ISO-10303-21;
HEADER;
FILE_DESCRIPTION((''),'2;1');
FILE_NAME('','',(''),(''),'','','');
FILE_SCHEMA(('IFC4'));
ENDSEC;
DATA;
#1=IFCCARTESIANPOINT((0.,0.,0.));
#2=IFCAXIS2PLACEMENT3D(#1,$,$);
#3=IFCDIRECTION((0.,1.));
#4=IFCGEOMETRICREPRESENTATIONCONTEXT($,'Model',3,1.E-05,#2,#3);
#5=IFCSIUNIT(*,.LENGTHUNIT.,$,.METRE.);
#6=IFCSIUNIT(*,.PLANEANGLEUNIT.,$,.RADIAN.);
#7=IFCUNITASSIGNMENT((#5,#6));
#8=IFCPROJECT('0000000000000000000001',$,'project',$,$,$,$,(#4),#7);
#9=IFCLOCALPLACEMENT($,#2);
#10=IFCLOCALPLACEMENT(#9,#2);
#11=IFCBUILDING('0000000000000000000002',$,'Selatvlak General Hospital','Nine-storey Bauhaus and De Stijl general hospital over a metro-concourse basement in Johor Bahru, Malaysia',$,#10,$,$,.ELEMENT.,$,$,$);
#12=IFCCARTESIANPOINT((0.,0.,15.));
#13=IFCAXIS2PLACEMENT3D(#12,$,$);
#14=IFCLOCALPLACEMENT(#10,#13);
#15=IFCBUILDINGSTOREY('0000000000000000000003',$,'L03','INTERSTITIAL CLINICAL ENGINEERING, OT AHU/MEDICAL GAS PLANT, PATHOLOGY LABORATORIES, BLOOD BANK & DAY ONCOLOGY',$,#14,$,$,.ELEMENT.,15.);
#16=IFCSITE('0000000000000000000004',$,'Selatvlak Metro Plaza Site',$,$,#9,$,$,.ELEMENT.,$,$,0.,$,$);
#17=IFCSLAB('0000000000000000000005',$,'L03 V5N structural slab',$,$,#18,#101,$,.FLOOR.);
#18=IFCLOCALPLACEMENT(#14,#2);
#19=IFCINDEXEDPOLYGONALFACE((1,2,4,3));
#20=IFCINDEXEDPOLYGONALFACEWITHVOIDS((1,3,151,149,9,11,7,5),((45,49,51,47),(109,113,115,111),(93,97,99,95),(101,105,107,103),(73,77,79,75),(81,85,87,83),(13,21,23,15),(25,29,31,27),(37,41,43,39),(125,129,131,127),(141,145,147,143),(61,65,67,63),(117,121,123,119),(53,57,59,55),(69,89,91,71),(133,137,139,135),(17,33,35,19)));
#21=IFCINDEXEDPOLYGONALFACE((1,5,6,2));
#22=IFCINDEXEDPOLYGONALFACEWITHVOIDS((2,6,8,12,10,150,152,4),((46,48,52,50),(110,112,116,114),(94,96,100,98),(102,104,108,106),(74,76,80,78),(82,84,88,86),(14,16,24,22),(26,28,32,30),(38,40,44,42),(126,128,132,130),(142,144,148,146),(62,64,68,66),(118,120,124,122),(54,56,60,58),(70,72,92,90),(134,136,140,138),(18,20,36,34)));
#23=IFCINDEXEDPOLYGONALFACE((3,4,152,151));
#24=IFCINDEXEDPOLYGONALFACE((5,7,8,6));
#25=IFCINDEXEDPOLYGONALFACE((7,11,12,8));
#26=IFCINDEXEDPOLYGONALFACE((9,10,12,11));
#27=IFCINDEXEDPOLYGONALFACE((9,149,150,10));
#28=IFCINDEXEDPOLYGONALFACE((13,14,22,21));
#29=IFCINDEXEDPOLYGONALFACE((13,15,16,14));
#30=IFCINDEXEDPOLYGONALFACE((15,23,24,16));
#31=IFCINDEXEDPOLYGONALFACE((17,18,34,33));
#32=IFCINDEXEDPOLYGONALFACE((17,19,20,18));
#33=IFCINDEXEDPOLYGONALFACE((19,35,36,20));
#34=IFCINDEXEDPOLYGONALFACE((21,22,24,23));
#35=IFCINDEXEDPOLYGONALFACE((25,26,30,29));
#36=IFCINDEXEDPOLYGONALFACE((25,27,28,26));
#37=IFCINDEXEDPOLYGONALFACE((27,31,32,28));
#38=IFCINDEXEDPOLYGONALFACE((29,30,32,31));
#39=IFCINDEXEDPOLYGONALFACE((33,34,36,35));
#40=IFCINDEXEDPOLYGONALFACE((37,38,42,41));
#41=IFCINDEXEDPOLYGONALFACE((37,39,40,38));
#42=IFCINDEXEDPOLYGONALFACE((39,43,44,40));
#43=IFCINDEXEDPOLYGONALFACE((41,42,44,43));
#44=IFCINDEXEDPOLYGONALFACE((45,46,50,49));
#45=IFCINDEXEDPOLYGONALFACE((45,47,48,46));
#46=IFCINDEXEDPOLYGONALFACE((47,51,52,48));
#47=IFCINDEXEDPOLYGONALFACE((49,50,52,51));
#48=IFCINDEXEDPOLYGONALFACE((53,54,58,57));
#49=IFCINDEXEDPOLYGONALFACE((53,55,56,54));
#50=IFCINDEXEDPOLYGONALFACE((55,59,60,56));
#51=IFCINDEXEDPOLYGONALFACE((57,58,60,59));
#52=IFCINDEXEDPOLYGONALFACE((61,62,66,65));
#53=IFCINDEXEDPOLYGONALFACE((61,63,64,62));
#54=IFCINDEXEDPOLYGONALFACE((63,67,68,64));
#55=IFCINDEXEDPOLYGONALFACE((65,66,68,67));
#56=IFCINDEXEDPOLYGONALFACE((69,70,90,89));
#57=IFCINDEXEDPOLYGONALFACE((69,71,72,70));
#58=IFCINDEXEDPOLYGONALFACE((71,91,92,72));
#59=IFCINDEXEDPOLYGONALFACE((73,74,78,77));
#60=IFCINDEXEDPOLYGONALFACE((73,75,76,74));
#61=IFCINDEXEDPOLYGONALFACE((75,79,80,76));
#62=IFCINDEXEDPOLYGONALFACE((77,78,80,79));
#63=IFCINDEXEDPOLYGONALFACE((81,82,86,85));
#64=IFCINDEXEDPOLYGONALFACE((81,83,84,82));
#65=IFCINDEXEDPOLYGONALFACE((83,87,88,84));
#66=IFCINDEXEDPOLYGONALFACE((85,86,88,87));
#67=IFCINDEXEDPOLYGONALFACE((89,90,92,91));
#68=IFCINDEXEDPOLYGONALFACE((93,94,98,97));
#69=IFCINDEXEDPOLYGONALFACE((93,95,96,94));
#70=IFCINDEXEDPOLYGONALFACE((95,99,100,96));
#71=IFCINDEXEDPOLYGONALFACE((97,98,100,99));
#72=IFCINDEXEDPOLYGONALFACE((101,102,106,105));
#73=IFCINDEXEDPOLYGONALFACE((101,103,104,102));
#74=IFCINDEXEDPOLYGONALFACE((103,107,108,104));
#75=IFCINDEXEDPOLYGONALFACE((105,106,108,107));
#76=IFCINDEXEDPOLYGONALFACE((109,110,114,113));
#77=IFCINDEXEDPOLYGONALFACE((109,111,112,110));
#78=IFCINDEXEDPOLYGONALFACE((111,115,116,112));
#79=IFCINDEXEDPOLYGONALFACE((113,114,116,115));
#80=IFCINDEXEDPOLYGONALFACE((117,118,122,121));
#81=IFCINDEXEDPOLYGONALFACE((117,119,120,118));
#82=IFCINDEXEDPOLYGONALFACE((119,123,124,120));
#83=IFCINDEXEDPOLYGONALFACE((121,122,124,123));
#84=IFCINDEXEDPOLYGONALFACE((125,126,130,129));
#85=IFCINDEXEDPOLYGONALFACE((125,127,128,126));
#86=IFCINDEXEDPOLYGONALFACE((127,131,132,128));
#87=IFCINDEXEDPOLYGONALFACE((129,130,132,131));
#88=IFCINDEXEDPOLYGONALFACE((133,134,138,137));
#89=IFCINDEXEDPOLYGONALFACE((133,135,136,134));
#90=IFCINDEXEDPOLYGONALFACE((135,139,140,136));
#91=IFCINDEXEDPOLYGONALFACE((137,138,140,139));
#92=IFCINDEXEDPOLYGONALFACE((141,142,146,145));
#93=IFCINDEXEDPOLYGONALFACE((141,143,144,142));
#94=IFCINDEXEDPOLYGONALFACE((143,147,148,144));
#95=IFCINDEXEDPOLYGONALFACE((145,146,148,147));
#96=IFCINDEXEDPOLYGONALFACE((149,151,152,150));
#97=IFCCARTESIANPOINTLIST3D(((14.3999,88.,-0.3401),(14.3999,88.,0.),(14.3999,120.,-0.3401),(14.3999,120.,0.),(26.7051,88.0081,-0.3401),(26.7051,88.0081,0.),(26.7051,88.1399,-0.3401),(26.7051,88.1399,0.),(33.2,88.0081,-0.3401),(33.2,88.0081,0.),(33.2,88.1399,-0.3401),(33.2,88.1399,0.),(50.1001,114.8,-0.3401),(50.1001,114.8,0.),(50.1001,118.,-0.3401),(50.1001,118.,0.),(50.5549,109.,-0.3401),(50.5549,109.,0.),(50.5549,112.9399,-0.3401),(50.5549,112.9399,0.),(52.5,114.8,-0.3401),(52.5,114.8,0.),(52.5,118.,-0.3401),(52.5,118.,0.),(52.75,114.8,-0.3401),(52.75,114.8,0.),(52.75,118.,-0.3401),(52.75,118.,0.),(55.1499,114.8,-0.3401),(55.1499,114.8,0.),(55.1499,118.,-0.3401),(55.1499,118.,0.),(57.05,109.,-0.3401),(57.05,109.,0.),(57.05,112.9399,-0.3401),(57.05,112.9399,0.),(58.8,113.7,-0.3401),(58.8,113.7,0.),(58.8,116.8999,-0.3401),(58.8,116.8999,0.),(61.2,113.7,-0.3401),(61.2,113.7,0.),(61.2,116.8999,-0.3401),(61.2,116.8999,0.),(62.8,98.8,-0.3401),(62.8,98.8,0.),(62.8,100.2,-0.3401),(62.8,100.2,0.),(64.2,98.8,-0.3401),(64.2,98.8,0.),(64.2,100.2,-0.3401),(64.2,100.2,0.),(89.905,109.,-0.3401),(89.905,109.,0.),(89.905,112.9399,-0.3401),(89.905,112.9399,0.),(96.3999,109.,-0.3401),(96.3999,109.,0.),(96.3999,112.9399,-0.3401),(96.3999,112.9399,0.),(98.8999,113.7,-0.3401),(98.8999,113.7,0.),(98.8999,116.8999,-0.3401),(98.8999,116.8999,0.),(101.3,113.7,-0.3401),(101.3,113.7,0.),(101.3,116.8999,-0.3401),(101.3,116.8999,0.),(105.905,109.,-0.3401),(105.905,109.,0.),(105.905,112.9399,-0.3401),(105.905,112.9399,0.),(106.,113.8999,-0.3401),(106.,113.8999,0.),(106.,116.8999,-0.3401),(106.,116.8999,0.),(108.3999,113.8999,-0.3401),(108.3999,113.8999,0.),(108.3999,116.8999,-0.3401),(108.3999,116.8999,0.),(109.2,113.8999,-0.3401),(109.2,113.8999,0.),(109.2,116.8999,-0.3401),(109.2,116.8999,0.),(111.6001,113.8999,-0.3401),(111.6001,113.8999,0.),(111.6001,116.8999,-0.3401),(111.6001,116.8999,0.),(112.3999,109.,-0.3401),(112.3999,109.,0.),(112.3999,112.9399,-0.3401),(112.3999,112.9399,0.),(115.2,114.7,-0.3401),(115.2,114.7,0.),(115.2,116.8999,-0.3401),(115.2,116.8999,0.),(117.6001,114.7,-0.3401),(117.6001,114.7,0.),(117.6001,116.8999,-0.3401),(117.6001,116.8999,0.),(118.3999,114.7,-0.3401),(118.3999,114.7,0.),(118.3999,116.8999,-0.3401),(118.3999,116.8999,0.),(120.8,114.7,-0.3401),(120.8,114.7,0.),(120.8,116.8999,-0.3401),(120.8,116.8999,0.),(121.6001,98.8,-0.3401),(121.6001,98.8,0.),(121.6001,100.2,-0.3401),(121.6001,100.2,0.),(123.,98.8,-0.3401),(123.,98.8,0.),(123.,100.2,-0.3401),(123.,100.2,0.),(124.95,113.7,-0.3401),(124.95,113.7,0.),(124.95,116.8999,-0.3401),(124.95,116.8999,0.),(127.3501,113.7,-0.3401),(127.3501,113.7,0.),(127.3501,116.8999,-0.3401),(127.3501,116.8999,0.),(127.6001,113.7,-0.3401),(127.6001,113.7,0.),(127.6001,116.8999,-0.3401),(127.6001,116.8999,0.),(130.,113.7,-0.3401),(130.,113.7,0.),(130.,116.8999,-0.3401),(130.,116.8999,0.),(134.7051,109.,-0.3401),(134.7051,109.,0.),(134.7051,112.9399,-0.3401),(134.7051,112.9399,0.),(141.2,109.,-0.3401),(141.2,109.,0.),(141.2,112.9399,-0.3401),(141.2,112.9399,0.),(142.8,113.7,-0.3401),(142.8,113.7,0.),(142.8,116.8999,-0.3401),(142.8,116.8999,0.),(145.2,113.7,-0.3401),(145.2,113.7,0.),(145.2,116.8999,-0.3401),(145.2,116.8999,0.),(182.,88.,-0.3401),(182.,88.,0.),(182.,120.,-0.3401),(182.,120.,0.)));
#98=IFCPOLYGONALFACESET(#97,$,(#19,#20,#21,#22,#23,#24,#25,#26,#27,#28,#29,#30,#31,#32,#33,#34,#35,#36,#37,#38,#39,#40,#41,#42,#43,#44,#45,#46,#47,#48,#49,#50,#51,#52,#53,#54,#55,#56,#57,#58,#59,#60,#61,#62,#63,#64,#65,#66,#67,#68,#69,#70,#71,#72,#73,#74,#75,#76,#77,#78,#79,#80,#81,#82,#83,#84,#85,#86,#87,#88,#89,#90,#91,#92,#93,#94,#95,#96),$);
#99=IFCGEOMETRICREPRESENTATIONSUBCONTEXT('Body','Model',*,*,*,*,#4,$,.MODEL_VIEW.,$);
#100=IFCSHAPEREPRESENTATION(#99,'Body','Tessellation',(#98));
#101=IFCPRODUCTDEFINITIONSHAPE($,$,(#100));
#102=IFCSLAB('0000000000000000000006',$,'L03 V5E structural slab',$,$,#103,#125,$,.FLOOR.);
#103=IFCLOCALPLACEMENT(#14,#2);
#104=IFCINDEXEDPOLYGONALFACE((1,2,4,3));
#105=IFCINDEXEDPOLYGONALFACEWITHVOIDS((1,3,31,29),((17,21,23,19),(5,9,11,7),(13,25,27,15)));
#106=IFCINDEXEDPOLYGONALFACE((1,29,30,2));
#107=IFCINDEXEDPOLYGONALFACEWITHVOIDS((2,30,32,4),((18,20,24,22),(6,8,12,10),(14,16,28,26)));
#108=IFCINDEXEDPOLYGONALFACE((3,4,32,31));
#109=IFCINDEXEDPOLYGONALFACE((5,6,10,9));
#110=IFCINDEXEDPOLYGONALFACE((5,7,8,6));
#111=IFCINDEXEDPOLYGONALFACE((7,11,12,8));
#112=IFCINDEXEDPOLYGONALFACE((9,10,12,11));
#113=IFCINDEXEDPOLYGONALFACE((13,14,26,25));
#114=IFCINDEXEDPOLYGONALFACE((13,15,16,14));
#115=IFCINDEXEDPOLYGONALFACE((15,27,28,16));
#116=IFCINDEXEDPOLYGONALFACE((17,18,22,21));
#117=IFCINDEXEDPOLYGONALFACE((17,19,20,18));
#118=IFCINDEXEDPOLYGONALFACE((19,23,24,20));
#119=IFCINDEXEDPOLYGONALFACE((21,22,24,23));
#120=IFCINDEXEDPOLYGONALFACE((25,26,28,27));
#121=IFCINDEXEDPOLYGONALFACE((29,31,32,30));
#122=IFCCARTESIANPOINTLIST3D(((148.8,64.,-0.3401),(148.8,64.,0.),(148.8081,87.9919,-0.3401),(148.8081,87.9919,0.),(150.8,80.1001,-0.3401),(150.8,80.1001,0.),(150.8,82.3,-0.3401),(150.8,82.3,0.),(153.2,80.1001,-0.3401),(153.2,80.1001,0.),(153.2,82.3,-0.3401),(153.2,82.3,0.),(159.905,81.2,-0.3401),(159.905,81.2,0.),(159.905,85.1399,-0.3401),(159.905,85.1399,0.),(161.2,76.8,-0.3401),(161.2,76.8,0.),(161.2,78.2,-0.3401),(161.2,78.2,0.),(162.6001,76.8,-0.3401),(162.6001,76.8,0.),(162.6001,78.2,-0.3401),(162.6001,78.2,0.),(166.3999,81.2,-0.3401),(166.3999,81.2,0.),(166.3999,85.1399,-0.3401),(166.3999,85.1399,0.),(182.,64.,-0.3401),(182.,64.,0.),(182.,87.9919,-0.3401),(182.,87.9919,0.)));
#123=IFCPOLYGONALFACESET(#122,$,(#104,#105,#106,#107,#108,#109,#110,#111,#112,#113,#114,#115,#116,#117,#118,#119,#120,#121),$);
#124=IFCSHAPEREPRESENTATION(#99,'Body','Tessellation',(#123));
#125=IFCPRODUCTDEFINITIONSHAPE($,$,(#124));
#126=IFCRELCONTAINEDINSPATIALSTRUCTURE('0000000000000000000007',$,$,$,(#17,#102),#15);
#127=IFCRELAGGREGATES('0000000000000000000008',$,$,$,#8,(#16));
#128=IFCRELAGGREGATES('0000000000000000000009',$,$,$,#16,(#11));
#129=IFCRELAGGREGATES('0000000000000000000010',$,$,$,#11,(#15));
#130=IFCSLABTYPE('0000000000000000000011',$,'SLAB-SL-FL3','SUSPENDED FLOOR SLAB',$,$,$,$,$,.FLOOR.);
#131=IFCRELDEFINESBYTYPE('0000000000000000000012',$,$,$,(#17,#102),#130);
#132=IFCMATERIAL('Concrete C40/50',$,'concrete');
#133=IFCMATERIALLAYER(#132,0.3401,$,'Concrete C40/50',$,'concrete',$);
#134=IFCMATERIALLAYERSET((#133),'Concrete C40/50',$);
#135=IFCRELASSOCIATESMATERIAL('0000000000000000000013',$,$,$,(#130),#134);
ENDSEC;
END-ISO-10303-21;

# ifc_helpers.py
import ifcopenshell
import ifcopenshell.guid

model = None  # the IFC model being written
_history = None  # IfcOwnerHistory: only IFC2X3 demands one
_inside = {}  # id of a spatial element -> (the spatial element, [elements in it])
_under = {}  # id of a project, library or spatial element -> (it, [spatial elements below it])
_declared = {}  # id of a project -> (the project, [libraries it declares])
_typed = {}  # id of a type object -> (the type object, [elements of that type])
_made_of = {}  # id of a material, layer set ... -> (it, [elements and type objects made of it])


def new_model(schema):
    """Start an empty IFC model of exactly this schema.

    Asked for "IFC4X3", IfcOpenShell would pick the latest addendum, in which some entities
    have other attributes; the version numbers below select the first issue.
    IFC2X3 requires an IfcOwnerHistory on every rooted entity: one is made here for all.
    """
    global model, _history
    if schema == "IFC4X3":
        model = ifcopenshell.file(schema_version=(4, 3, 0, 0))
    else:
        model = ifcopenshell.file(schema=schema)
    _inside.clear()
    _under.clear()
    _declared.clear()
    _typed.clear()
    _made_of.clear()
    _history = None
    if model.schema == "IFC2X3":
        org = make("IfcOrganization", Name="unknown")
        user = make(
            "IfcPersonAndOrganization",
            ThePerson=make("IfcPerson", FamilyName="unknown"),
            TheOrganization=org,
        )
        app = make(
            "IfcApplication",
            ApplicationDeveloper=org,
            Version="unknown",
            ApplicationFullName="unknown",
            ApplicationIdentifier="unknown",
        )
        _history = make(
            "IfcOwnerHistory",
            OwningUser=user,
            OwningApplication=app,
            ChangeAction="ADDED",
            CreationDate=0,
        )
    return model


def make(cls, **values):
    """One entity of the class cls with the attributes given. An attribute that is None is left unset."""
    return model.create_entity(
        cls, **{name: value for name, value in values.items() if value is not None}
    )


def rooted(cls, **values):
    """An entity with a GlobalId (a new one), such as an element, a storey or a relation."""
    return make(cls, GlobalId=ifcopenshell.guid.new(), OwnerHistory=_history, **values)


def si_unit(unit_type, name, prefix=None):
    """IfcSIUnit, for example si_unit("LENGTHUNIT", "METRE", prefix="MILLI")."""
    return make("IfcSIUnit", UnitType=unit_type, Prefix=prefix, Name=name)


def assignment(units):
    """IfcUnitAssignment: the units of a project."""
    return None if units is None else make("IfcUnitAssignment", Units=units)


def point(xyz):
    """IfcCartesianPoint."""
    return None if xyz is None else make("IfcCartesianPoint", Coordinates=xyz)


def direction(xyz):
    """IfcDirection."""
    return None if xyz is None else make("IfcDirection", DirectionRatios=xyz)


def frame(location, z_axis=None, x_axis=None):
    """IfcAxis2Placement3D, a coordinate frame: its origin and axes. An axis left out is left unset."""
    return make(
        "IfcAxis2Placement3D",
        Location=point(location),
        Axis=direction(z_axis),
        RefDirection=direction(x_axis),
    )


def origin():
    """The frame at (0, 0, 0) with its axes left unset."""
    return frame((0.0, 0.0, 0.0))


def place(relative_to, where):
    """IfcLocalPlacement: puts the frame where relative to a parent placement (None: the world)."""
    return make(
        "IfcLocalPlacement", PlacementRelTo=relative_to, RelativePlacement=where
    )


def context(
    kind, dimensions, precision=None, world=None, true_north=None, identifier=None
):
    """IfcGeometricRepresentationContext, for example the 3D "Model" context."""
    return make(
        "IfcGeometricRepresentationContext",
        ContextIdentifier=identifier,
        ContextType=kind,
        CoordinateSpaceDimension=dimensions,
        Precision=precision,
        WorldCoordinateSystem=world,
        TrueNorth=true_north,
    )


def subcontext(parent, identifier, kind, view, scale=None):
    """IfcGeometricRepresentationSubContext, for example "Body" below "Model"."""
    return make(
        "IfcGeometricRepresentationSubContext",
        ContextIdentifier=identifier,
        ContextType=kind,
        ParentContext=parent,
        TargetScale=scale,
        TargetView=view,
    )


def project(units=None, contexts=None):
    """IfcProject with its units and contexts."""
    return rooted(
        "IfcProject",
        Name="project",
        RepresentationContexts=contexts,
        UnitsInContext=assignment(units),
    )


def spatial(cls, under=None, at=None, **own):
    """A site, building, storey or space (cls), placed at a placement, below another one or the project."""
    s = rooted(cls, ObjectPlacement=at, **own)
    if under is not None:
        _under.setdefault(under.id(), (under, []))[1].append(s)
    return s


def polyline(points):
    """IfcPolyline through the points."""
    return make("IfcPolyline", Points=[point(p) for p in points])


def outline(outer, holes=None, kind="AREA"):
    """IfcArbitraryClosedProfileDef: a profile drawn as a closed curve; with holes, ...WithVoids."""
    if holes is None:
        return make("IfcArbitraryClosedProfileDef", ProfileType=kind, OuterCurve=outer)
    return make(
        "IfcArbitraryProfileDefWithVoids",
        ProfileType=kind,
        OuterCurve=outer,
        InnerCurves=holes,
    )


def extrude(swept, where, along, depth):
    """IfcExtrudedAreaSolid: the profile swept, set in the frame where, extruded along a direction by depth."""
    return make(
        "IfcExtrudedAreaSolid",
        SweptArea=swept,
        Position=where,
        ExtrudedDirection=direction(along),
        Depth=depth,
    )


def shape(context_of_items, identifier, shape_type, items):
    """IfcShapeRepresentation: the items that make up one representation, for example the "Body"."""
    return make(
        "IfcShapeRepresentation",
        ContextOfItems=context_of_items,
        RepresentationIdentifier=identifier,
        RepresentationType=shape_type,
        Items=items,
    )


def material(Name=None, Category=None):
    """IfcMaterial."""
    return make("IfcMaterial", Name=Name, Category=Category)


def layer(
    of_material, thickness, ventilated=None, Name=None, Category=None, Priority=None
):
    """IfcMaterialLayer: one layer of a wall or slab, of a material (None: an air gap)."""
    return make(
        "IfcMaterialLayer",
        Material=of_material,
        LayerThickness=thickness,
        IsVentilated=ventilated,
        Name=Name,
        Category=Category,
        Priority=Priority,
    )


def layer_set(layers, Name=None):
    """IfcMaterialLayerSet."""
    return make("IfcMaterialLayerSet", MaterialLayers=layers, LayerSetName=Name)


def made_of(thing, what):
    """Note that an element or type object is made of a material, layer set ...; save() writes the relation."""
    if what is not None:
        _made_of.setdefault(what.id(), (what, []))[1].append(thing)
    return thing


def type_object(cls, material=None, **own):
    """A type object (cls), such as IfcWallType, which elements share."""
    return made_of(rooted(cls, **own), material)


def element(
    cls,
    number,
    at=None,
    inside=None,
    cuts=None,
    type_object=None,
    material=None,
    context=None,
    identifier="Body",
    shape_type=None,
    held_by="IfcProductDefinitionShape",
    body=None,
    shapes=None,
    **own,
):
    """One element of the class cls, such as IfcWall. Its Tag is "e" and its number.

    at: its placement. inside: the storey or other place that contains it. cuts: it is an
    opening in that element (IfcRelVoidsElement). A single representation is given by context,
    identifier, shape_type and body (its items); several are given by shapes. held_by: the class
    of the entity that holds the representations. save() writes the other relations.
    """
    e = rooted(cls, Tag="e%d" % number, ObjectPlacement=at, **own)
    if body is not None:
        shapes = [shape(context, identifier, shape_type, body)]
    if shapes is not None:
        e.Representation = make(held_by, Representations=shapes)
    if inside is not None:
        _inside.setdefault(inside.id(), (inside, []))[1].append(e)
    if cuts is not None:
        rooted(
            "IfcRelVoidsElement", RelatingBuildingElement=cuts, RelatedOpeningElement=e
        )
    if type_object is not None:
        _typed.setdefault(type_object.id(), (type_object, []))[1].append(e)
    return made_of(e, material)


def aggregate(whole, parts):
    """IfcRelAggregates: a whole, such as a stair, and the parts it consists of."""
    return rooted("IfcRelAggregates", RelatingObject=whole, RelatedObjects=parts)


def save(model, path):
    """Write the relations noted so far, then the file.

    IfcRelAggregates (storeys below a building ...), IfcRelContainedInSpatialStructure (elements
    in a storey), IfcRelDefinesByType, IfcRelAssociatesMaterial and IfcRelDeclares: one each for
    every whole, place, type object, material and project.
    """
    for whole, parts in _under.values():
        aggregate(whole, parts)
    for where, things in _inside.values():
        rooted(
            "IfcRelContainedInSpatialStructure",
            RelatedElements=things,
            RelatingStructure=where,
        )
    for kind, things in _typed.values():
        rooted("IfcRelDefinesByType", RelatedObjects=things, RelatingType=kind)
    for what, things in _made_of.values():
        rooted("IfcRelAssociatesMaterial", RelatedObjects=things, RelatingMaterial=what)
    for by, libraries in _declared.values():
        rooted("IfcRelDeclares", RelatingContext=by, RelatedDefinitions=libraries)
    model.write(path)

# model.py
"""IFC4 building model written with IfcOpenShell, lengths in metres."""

from ifc_helpers import new_model, si_unit, direction, frame, origin, place, context, subcontext, project, spatial, polyline, outline, extrude, material, layer, layer_set, type_object, element, save


model = new_model("IFC4")

# Units and contexts
model_context = context("Model", 3, precision=1e-05, world=origin(), true_north=direction((0.0, 1.0)))
body_context = subcontext(model_context, "Body", "Model", "MODEL_VIEW")
ifc_project = project(units=[si_unit("LENGTHUNIT", "METRE"), si_unit("PLANEANGLEUNIT", "RADIAN")], contexts=[model_context])

# Site, building, storey
site_placement = place(None, origin())
site = spatial("IfcSite", under=ifc_project, at=site_placement, Name="Selatvlak Metro Plaza Site", CompositionType="ELEMENT", RefElevation=0.0)
building_placement = place(site_placement, origin())
building = spatial("IfcBuilding", under=site, at=building_placement, Name="Selatvlak General Hospital", Description="Nine-storey Bauhaus and De Stijl general hospital over a metro-concourse basement in Johor Bahru, Malaysia", CompositionType="ELEMENT")
storey_placement = place(building_placement, frame((0.0, 0.0, 15.0)))
storey = spatial("IfcBuildingStorey", under=building, at=storey_placement, Name="L03", Description="INTERSTITIAL CLINICAL ENGINEERING, OT AHU/MEDICAL GAS PLANT, PATHOLOGY LABORATORIES, BLOOD BANK & DAY ONCOLOGY", CompositionType="ELEMENT", Elevation=15.0)

# Shared definitions
ifc_material_1 = material(Name="Concrete C40/50", Category="concrete")

# Slabs
ifc_layer_1 = layer(ifc_material_1, 0.3401, Name="Concrete C40/50", Category="concrete")
ifc_layer_set_1 = layer_set([ifc_layer_1], Name="Concrete C40/50")
slab_type_1 = type_object("IfcSlabType", Name="SLAB-SL-FL3", Description="SUSPENDED FLOOR SLAB", PredefinedType="FLOOR", material=ifc_layer_set_1)
slab_1_placement = place(storey_placement, frame((0.0, 0.0, -0.3401)))
element("IfcSlab", 1, at=slab_1_placement, inside=storey, type_object=slab_type_1, Name="L03 V5N structural slab", PredefinedType="FLOOR", context=body_context, shape_type="SweptSolid", body=[
    extrude(outline(polyline([(33.2, 88.0081), (33.2, 88.1399), (26.7051, 88.1399), (26.7051, 88.0081), (14.3999, 88.0), (14.3999, 120.0), (182.0, 120.0), (182.0, 88.0), (33.2, 88.0081)]), holes=[polyline([(57.05, 112.9399), (50.5549, 112.9399), (50.5549, 109.0), (57.05, 109.0), (57.05, 112.9399)]), polyline([(96.3999, 109.0), (96.3999, 112.9399), (89.905, 112.9399), (89.905, 109.0), (96.3999, 109.0)]), polyline([(105.905, 109.0), (112.3999, 109.0), (112.3999, 112.9399), (105.905, 112.9399), (105.905, 109.0)]), polyline([(134.7051, 112.9399), (134.7051, 109.0), (141.2, 109.0), (141.2, 112.9399), (134.7051, 112.9399)]), polyline([(61.2, 116.8999), (58.8, 116.8999), (58.8, 113.7), (61.2, 113.7), (61.2, 116.8999)]), polyline([(101.3, 113.7), (101.3, 116.8999), (98.8999, 116.8999), (98.8999, 113.7), (101.3, 113.7)]), polyline([(142.8, 113.7), (145.2, 113.7), (145.2, 116.8999), (142.8, 116.8999), (142.8, 113.7)]), polyline([(50.1001, 118.0), (50.1001, 114.8), (52.5, 114.8), (52.5, 118.0), (50.1001, 118.0)]), polyline([(55.1499, 118.0), (52.75, 118.0), (52.75, 114.8), (55.1499, 114.8), (55.1499, 118.0)]), polyline([(127.3501, 113.7), (127.3501, 116.8999), (124.95, 116.8999), (124.95, 113.7), (127.3501, 113.7)]), polyline([(127.6001, 113.7), (130.0, 113.7), (130.0, 116.8999), (127.6001, 116.8999), (127.6001, 113.7)]), polyline([(115.2, 116.8999), (115.2, 114.7), (117.6001, 114.7), (117.6001, 116.8999), (115.2, 116.8999)]), polyline([(120.8, 116.8999), (118.3999, 116.8999), (118.3999, 114.7), (120.8, 114.7), (120.8, 116.8999)]), polyline([(108.3999, 113.8999), (108.3999, 116.8999), (106.0, 116.8999), (106.0, 113.8999), (108.3999, 113.8999)]), polyline([(109.2, 113.8999), (111.6001, 113.8999), (111.6001, 116.8999), (109.2, 116.8999), (109.2, 113.8999)]), polyline([(62.8, 100.2), (62.8, 98.8), (64.2, 98.8), (64.2, 100.2), (62.8, 100.2)]), polyline([(123.0, 100.2), (121.6001, 100.2), (121.6001, 98.8), (123.0, 98.8), (123.0, 100.2)])]), origin(), (0.0, 0.0, 1.0), 0.3401),
])
slab_2_placement = place(storey_placement, frame((0.0, 0.0, -0.3401)))
element("IfcSlab", 2, at=slab_2_placement, inside=storey, type_object=slab_type_1, Name="L03 V5E structural slab", PredefinedType="FLOOR", context=body_context, shape_type="SweptSolid", body=[
    extrude(outline(polyline([(148.8081, 87.9919), (182.0, 87.9919), (182.0, 64.0), (148.8, 64.0), (148.8081, 87.9919)]), holes=[polyline([(159.905, 85.1399), (159.905, 81.2), (166.3999, 81.2), (166.3999, 85.1399), (159.905, 85.1399)]), polyline([(150.8, 82.3), (150.8, 80.1001), (153.2, 80.1001), (153.2, 82.3), (150.8, 82.3)]), polyline([(162.6001, 78.2), (161.2, 78.2), (161.2, 76.8), (162.6001, 76.8), (162.6001, 78.2)])]), origin(), (0.0, 0.0, 1.0), 0.3401),
])

save(model, "model.ifc")
